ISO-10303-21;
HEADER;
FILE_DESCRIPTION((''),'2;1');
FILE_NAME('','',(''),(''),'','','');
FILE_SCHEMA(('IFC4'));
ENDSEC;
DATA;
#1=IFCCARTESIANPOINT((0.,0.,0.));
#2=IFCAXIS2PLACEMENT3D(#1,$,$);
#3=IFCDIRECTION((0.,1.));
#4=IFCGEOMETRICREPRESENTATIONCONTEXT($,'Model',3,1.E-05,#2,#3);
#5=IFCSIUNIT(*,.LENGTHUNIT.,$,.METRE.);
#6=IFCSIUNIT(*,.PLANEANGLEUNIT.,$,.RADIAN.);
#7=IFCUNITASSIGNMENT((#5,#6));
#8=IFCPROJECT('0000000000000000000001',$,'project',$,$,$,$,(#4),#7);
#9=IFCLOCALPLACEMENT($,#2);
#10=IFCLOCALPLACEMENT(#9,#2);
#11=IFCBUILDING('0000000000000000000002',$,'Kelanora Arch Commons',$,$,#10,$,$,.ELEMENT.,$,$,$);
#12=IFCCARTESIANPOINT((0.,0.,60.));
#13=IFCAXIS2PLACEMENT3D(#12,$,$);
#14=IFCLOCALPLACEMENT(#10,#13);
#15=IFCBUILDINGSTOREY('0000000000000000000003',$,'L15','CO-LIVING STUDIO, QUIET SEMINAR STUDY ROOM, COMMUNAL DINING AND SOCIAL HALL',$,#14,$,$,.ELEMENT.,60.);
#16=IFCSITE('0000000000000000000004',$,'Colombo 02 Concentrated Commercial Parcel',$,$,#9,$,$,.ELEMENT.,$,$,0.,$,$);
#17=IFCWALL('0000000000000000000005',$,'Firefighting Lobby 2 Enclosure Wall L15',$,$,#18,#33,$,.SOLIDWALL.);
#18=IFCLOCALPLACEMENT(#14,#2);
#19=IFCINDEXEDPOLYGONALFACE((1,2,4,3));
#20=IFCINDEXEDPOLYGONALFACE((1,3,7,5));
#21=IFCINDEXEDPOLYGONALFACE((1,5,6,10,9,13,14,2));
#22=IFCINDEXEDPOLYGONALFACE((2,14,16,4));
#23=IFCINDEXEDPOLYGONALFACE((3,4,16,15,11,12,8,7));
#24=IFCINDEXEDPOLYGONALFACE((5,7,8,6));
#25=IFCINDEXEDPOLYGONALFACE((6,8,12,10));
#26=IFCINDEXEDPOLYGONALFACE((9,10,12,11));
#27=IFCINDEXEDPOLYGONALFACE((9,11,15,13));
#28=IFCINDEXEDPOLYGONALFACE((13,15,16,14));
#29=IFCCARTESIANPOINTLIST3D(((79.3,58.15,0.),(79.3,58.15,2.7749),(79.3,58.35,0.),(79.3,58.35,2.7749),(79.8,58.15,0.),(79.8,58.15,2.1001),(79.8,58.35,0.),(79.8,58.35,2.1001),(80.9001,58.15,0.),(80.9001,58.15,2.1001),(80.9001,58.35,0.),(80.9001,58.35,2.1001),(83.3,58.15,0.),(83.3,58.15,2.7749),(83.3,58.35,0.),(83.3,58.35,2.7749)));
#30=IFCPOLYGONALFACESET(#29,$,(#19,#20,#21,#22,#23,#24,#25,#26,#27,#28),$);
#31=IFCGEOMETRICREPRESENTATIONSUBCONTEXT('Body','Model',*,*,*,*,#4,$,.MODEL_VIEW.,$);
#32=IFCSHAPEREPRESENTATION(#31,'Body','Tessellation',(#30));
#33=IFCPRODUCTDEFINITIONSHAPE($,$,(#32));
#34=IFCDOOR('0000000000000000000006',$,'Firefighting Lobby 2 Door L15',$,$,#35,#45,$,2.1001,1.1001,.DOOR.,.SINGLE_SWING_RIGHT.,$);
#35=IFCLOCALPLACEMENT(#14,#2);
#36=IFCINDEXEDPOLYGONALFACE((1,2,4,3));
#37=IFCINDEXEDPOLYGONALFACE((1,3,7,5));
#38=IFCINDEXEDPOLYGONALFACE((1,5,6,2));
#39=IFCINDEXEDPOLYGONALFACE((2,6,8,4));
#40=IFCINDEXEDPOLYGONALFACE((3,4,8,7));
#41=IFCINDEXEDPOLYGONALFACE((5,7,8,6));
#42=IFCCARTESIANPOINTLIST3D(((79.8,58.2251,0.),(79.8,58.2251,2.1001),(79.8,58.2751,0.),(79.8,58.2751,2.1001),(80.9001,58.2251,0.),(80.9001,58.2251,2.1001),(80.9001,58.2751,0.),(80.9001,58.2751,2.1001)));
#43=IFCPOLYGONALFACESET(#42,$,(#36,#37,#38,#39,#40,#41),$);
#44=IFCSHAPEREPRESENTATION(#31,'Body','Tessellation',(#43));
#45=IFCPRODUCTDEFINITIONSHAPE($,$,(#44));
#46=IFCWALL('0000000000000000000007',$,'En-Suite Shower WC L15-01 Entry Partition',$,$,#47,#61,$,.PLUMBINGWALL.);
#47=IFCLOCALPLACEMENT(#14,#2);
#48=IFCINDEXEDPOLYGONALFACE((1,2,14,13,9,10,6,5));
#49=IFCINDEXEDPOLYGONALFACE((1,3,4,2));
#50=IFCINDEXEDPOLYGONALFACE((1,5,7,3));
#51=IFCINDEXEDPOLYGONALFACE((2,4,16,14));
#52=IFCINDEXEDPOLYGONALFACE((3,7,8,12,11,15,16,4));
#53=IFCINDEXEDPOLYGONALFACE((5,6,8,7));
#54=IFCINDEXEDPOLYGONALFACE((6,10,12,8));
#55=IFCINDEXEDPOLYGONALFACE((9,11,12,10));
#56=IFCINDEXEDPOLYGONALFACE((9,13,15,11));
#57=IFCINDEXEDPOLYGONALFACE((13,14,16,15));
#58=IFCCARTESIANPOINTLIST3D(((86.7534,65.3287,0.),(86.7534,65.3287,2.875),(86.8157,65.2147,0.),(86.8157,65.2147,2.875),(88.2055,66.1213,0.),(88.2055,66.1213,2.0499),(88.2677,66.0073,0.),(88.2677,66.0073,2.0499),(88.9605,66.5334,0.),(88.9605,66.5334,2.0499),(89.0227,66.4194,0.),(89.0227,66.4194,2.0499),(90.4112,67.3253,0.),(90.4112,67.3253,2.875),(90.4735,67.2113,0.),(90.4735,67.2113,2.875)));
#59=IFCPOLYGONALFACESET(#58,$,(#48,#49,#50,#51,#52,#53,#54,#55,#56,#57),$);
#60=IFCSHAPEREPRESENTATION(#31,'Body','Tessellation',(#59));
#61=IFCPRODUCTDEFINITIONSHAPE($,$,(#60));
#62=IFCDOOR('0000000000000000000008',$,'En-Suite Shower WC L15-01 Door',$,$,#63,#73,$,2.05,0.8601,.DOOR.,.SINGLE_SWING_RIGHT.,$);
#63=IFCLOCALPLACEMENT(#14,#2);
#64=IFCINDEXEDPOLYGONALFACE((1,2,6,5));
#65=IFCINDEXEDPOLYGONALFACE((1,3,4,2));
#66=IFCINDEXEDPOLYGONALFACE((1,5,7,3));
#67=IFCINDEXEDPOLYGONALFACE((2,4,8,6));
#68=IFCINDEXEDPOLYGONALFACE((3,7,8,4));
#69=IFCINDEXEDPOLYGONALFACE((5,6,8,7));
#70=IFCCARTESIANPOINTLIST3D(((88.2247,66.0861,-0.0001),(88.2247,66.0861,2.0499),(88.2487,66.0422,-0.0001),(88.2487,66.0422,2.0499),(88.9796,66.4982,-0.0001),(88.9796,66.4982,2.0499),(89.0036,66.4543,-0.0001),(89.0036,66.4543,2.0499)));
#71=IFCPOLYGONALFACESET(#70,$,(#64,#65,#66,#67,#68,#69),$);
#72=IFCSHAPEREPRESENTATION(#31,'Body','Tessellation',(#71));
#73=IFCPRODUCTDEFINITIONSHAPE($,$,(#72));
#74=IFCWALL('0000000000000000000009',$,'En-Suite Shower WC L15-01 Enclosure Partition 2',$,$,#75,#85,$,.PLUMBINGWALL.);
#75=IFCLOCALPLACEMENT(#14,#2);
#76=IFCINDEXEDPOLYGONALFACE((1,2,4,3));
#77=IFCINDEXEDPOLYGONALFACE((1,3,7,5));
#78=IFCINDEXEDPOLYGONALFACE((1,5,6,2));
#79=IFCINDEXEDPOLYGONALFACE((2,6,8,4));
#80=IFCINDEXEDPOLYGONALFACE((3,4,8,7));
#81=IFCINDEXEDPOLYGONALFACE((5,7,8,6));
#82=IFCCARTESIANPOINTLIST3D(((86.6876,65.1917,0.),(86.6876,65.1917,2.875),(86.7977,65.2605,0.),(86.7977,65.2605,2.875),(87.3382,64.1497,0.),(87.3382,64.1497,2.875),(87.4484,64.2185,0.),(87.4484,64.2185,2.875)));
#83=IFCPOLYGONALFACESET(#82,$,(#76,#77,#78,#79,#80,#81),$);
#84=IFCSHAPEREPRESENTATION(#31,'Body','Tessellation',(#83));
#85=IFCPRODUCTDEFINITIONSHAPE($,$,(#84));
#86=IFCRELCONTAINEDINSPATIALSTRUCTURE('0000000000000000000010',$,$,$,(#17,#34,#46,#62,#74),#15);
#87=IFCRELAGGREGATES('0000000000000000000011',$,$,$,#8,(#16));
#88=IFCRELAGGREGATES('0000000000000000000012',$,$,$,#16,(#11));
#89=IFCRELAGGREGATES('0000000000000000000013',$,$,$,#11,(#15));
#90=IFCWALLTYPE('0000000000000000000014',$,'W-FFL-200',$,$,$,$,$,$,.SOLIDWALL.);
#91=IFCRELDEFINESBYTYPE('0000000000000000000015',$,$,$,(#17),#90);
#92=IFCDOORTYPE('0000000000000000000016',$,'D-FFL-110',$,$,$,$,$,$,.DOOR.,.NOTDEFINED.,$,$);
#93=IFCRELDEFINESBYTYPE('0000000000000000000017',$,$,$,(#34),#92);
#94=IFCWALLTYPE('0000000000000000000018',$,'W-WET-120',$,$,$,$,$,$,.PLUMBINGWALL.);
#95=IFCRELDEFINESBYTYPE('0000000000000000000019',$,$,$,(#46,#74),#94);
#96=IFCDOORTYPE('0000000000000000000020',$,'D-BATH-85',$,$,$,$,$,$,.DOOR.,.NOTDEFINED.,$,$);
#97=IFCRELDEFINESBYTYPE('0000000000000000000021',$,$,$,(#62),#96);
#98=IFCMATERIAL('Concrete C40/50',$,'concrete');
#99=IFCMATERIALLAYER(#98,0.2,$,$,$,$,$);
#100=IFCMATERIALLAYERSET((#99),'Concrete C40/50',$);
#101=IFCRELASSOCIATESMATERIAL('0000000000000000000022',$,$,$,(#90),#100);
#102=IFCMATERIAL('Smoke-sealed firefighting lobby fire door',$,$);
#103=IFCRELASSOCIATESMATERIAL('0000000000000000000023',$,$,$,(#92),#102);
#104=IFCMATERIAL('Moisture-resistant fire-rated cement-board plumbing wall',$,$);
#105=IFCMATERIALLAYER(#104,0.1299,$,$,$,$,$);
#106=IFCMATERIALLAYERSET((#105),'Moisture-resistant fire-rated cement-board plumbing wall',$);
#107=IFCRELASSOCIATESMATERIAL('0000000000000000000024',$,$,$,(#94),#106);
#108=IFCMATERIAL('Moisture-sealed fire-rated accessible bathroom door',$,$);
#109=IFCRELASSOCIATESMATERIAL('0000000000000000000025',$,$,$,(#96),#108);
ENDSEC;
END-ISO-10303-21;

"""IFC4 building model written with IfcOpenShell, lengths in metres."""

from ifc_helpers import new_model, si_unit, direction, frame, frame_2d, origin, place, context, subcontext, project, spatial, rectangle, extrude, material, layer, layer_set, type_object, element, fill, save


model = new_model("IFC4")

# Units and contexts
model_context = context("Model", 3, precision=1e-05, world=origin(), true_north=direction((0.0, 1.0)))
body_context = subcontext(model_context, "Body", "Model", "MODEL_VIEW")
ifc_project = project(units=[si_unit("LENGTHUNIT", "METRE"), si_unit("PLANEANGLEUNIT", "RADIAN")], contexts=[model_context])

# Site, building, storey
site_placement = place(None, origin())
site = spatial("IfcSite", under=ifc_project, at=site_placement, Name="Colombo 02 Concentrated Commercial Parcel", CompositionType="ELEMENT", RefElevation=0.0)
building_placement = place(site_placement, origin())
building = spatial("IfcBuilding", under=site, at=building_placement, Name="Kelanora Arch Commons", CompositionType="ELEMENT")
storey_placement = place(building_placement, frame((0.0, 0.0, 60.0)))
storey = spatial("IfcBuildingStorey", under=building, at=storey_placement, Name="L15", Description="CO-LIVING STUDIO, QUIET SEMINAR STUDY ROOM, COMMUNAL DINING AND SOCIAL HALL", CompositionType="ELEMENT", Elevation=60.0)

# Walls, openings, doors
ifc_material_1 = material(Name="Concrete C40/50", Category="concrete")
ifc_layer_1 = layer(ifc_material_1, 0.2)
ifc_layer_set_1 = layer_set([ifc_layer_1], Name="Concrete C40/50")
wall_type_1 = type_object("IfcWallType", Name="W-FFL-200", PredefinedType="SOLIDWALL", material=ifc_layer_set_1)
wall_1_placement = place(storey_placement, frame((79.3, 58.25, 0.0), z_axis=(0.0, 0.0, 1.0), x_axis=(1.0, 0.0, 0.0)))
wall_1 = element("IfcWall", 1, at=wall_1_placement, inside=storey, type_object=wall_type_1, Name="Firefighting Lobby 2 Enclosure Wall L15", PredefinedType="SOLIDWALL", context=body_context, shape_type="SweptSolid", body=[
    extrude(rectangle(XDim=4.0, YDim=0.2, at=frame_2d((2.0, 0.0))), origin(), (0.0, 0.0, 1.0), 2.7749),
])
opening_1_placement = place(wall_1_placement, frame((0.5, 0.0, 0.0)))
opening_1 = element("IfcOpeningElement", 2, at=opening_1_placement, cuts=wall_1, PredefinedType="OPENING", context=body_context, shape_type="SweptSolid", body=[
    extrude(rectangle(XDim=1.1001, YDim=2.1001, at=frame_2d((0.55, 1.05))), frame((0.0, 0.1099, 0.0), z_axis=(0.0, -1.0, 0.0), x_axis=(1.0, 0.0, 0.0)), (0.0, 0.0, 1.0), 0.22),
])
ifc_material_2 = material(Name="Smoke-sealed firefighting lobby fire door")
door_type_1 = type_object("IfcDoorType", Name="D-FFL-110", OperationType="NOTDEFINED", PredefinedType="DOOR", material=ifc_material_2)
door_1_placement = place(opening_1_placement, frame((1.1001, 0.0, 0.0), z_axis=(0.0, 0.0, 1.0), x_axis=(-1.0, 0.0, 0.0)))
door_1 = element("IfcDoor", 3, at=door_1_placement, inside=storey, type_object=door_type_1, Name="Firefighting Lobby 2 Door L15", OperationType="SINGLE_SWING_RIGHT", OverallHeight=2.1001, OverallWidth=1.1001, PredefinedType="DOOR", context=body_context, shape_type="SweptSolid", body=[
    extrude(rectangle(XDim=1.1001, YDim=2.1001, at=frame_2d((0.55, 1.05))), frame((0.0, 0.0249, 0.0), z_axis=(0.0, -1.0, 0.0), x_axis=(1.0, 0.0, 0.0)), (0.0, 0.0, 1.0), 0.05),
])
fill(opening_1, door_1)
ifc_material_3 = material(Name="Moisture-resistant fire-rated cement-board plumbing wall")
ifc_layer_2 = layer(ifc_material_3, 0.1299)
ifc_layer_set_2 = layer_set([ifc_layer_2], Name="Moisture-resistant fire-rated cement-board plumbing wall")
wall_type_2 = type_object("IfcWallType", Name="W-WET-120", PredefinedType="PLUMBINGWALL", material=ifc_layer_set_2)
wall_2_placement = place(storey_placement, frame((86.7847, 65.2717, 0.0), z_axis=(0.0, 0.0, 1.0), x_axis=(0.877748, 0.479123, 0.0)))
wall_2 = element("IfcWall", 4, at=wall_2_placement, inside=storey, type_object=wall_type_2, Name="En-Suite Shower WC L15-01 Entry Partition", PredefinedType="PLUMBINGWALL", context=body_context, shape_type="SweptSolid", body=[
    extrude(rectangle(XDim=4.1672, YDim=0.1299, at=frame_2d((2.0835, 0.0))), origin(), (0.0, 0.0, 1.0), 2.875),
])
opening_2_placement = place(wall_2_placement, frame((1.6541, 0.0, 0.0)))
opening_2 = element("IfcOpeningElement", 5, at=opening_2_placement, cuts=wall_2, PredefinedType="OPENING", context=body_context, shape_type="SweptSolid", body=[
    extrude(rectangle(XDim=0.8601, YDim=2.05, at=frame_2d((0.4302, 1.0249))), frame((0.0, 0.075, 0.0), z_axis=(0.0, -1.0, 0.0), x_axis=(1.0, 0.0, 0.0)), (0.0, 0.0, 1.0), 0.1499),
])
ifc_material_4 = material(Name="Moisture-sealed fire-rated accessible bathroom door")
door_type_2 = type_object("IfcDoorType", Name="D-BATH-85", OperationType="NOTDEFINED", PredefinedType="DOOR", material=ifc_material_4)
door_2_placement = place(opening_2_placement, origin())
door_2 = element("IfcDoor", 6, at=door_2_placement, inside=storey, type_object=door_type_2, Name="En-Suite Shower WC L15-01 Door", OperationType="SINGLE_SWING_RIGHT", OverallHeight=2.05, OverallWidth=0.8601, PredefinedType="DOOR", context=body_context, shape_type="SweptSolid", body=[
    extrude(rectangle(XDim=0.8601, YDim=2.05, at=frame_2d((0.4302, 1.0249))), frame((0.0, 0.0249, 0.0), z_axis=(0.0, -1.0, 0.0), x_axis=(1.0, 0.0, 0.0)), (0.0, 0.0, 1.0), 0.05),
])
fill(opening_2, door_2)

# Wall
wall_3_placement = place(storey_placement, frame((87.3933, 64.1841, 0.0), z_axis=(0.0, 0.0, 1.0), x_axis=(-0.529642, 0.848222, 0.0)))
element("IfcWall", 7, at=wall_3_placement, inside=storey, type_object=wall_type_2, Name="En-Suite Shower WC L15-01 Enclosure Partition 2", PredefinedType="PLUMBINGWALL", context=body_context, shape_type="SweptSolid", body=[
    extrude(rectangle(XDim=1.2285, YDim=0.1299, at=frame_2d((0.6143, 0.0))), origin(), (0.0, 0.0, 1.0), 2.875),
])

save(model, "model.ifc")
